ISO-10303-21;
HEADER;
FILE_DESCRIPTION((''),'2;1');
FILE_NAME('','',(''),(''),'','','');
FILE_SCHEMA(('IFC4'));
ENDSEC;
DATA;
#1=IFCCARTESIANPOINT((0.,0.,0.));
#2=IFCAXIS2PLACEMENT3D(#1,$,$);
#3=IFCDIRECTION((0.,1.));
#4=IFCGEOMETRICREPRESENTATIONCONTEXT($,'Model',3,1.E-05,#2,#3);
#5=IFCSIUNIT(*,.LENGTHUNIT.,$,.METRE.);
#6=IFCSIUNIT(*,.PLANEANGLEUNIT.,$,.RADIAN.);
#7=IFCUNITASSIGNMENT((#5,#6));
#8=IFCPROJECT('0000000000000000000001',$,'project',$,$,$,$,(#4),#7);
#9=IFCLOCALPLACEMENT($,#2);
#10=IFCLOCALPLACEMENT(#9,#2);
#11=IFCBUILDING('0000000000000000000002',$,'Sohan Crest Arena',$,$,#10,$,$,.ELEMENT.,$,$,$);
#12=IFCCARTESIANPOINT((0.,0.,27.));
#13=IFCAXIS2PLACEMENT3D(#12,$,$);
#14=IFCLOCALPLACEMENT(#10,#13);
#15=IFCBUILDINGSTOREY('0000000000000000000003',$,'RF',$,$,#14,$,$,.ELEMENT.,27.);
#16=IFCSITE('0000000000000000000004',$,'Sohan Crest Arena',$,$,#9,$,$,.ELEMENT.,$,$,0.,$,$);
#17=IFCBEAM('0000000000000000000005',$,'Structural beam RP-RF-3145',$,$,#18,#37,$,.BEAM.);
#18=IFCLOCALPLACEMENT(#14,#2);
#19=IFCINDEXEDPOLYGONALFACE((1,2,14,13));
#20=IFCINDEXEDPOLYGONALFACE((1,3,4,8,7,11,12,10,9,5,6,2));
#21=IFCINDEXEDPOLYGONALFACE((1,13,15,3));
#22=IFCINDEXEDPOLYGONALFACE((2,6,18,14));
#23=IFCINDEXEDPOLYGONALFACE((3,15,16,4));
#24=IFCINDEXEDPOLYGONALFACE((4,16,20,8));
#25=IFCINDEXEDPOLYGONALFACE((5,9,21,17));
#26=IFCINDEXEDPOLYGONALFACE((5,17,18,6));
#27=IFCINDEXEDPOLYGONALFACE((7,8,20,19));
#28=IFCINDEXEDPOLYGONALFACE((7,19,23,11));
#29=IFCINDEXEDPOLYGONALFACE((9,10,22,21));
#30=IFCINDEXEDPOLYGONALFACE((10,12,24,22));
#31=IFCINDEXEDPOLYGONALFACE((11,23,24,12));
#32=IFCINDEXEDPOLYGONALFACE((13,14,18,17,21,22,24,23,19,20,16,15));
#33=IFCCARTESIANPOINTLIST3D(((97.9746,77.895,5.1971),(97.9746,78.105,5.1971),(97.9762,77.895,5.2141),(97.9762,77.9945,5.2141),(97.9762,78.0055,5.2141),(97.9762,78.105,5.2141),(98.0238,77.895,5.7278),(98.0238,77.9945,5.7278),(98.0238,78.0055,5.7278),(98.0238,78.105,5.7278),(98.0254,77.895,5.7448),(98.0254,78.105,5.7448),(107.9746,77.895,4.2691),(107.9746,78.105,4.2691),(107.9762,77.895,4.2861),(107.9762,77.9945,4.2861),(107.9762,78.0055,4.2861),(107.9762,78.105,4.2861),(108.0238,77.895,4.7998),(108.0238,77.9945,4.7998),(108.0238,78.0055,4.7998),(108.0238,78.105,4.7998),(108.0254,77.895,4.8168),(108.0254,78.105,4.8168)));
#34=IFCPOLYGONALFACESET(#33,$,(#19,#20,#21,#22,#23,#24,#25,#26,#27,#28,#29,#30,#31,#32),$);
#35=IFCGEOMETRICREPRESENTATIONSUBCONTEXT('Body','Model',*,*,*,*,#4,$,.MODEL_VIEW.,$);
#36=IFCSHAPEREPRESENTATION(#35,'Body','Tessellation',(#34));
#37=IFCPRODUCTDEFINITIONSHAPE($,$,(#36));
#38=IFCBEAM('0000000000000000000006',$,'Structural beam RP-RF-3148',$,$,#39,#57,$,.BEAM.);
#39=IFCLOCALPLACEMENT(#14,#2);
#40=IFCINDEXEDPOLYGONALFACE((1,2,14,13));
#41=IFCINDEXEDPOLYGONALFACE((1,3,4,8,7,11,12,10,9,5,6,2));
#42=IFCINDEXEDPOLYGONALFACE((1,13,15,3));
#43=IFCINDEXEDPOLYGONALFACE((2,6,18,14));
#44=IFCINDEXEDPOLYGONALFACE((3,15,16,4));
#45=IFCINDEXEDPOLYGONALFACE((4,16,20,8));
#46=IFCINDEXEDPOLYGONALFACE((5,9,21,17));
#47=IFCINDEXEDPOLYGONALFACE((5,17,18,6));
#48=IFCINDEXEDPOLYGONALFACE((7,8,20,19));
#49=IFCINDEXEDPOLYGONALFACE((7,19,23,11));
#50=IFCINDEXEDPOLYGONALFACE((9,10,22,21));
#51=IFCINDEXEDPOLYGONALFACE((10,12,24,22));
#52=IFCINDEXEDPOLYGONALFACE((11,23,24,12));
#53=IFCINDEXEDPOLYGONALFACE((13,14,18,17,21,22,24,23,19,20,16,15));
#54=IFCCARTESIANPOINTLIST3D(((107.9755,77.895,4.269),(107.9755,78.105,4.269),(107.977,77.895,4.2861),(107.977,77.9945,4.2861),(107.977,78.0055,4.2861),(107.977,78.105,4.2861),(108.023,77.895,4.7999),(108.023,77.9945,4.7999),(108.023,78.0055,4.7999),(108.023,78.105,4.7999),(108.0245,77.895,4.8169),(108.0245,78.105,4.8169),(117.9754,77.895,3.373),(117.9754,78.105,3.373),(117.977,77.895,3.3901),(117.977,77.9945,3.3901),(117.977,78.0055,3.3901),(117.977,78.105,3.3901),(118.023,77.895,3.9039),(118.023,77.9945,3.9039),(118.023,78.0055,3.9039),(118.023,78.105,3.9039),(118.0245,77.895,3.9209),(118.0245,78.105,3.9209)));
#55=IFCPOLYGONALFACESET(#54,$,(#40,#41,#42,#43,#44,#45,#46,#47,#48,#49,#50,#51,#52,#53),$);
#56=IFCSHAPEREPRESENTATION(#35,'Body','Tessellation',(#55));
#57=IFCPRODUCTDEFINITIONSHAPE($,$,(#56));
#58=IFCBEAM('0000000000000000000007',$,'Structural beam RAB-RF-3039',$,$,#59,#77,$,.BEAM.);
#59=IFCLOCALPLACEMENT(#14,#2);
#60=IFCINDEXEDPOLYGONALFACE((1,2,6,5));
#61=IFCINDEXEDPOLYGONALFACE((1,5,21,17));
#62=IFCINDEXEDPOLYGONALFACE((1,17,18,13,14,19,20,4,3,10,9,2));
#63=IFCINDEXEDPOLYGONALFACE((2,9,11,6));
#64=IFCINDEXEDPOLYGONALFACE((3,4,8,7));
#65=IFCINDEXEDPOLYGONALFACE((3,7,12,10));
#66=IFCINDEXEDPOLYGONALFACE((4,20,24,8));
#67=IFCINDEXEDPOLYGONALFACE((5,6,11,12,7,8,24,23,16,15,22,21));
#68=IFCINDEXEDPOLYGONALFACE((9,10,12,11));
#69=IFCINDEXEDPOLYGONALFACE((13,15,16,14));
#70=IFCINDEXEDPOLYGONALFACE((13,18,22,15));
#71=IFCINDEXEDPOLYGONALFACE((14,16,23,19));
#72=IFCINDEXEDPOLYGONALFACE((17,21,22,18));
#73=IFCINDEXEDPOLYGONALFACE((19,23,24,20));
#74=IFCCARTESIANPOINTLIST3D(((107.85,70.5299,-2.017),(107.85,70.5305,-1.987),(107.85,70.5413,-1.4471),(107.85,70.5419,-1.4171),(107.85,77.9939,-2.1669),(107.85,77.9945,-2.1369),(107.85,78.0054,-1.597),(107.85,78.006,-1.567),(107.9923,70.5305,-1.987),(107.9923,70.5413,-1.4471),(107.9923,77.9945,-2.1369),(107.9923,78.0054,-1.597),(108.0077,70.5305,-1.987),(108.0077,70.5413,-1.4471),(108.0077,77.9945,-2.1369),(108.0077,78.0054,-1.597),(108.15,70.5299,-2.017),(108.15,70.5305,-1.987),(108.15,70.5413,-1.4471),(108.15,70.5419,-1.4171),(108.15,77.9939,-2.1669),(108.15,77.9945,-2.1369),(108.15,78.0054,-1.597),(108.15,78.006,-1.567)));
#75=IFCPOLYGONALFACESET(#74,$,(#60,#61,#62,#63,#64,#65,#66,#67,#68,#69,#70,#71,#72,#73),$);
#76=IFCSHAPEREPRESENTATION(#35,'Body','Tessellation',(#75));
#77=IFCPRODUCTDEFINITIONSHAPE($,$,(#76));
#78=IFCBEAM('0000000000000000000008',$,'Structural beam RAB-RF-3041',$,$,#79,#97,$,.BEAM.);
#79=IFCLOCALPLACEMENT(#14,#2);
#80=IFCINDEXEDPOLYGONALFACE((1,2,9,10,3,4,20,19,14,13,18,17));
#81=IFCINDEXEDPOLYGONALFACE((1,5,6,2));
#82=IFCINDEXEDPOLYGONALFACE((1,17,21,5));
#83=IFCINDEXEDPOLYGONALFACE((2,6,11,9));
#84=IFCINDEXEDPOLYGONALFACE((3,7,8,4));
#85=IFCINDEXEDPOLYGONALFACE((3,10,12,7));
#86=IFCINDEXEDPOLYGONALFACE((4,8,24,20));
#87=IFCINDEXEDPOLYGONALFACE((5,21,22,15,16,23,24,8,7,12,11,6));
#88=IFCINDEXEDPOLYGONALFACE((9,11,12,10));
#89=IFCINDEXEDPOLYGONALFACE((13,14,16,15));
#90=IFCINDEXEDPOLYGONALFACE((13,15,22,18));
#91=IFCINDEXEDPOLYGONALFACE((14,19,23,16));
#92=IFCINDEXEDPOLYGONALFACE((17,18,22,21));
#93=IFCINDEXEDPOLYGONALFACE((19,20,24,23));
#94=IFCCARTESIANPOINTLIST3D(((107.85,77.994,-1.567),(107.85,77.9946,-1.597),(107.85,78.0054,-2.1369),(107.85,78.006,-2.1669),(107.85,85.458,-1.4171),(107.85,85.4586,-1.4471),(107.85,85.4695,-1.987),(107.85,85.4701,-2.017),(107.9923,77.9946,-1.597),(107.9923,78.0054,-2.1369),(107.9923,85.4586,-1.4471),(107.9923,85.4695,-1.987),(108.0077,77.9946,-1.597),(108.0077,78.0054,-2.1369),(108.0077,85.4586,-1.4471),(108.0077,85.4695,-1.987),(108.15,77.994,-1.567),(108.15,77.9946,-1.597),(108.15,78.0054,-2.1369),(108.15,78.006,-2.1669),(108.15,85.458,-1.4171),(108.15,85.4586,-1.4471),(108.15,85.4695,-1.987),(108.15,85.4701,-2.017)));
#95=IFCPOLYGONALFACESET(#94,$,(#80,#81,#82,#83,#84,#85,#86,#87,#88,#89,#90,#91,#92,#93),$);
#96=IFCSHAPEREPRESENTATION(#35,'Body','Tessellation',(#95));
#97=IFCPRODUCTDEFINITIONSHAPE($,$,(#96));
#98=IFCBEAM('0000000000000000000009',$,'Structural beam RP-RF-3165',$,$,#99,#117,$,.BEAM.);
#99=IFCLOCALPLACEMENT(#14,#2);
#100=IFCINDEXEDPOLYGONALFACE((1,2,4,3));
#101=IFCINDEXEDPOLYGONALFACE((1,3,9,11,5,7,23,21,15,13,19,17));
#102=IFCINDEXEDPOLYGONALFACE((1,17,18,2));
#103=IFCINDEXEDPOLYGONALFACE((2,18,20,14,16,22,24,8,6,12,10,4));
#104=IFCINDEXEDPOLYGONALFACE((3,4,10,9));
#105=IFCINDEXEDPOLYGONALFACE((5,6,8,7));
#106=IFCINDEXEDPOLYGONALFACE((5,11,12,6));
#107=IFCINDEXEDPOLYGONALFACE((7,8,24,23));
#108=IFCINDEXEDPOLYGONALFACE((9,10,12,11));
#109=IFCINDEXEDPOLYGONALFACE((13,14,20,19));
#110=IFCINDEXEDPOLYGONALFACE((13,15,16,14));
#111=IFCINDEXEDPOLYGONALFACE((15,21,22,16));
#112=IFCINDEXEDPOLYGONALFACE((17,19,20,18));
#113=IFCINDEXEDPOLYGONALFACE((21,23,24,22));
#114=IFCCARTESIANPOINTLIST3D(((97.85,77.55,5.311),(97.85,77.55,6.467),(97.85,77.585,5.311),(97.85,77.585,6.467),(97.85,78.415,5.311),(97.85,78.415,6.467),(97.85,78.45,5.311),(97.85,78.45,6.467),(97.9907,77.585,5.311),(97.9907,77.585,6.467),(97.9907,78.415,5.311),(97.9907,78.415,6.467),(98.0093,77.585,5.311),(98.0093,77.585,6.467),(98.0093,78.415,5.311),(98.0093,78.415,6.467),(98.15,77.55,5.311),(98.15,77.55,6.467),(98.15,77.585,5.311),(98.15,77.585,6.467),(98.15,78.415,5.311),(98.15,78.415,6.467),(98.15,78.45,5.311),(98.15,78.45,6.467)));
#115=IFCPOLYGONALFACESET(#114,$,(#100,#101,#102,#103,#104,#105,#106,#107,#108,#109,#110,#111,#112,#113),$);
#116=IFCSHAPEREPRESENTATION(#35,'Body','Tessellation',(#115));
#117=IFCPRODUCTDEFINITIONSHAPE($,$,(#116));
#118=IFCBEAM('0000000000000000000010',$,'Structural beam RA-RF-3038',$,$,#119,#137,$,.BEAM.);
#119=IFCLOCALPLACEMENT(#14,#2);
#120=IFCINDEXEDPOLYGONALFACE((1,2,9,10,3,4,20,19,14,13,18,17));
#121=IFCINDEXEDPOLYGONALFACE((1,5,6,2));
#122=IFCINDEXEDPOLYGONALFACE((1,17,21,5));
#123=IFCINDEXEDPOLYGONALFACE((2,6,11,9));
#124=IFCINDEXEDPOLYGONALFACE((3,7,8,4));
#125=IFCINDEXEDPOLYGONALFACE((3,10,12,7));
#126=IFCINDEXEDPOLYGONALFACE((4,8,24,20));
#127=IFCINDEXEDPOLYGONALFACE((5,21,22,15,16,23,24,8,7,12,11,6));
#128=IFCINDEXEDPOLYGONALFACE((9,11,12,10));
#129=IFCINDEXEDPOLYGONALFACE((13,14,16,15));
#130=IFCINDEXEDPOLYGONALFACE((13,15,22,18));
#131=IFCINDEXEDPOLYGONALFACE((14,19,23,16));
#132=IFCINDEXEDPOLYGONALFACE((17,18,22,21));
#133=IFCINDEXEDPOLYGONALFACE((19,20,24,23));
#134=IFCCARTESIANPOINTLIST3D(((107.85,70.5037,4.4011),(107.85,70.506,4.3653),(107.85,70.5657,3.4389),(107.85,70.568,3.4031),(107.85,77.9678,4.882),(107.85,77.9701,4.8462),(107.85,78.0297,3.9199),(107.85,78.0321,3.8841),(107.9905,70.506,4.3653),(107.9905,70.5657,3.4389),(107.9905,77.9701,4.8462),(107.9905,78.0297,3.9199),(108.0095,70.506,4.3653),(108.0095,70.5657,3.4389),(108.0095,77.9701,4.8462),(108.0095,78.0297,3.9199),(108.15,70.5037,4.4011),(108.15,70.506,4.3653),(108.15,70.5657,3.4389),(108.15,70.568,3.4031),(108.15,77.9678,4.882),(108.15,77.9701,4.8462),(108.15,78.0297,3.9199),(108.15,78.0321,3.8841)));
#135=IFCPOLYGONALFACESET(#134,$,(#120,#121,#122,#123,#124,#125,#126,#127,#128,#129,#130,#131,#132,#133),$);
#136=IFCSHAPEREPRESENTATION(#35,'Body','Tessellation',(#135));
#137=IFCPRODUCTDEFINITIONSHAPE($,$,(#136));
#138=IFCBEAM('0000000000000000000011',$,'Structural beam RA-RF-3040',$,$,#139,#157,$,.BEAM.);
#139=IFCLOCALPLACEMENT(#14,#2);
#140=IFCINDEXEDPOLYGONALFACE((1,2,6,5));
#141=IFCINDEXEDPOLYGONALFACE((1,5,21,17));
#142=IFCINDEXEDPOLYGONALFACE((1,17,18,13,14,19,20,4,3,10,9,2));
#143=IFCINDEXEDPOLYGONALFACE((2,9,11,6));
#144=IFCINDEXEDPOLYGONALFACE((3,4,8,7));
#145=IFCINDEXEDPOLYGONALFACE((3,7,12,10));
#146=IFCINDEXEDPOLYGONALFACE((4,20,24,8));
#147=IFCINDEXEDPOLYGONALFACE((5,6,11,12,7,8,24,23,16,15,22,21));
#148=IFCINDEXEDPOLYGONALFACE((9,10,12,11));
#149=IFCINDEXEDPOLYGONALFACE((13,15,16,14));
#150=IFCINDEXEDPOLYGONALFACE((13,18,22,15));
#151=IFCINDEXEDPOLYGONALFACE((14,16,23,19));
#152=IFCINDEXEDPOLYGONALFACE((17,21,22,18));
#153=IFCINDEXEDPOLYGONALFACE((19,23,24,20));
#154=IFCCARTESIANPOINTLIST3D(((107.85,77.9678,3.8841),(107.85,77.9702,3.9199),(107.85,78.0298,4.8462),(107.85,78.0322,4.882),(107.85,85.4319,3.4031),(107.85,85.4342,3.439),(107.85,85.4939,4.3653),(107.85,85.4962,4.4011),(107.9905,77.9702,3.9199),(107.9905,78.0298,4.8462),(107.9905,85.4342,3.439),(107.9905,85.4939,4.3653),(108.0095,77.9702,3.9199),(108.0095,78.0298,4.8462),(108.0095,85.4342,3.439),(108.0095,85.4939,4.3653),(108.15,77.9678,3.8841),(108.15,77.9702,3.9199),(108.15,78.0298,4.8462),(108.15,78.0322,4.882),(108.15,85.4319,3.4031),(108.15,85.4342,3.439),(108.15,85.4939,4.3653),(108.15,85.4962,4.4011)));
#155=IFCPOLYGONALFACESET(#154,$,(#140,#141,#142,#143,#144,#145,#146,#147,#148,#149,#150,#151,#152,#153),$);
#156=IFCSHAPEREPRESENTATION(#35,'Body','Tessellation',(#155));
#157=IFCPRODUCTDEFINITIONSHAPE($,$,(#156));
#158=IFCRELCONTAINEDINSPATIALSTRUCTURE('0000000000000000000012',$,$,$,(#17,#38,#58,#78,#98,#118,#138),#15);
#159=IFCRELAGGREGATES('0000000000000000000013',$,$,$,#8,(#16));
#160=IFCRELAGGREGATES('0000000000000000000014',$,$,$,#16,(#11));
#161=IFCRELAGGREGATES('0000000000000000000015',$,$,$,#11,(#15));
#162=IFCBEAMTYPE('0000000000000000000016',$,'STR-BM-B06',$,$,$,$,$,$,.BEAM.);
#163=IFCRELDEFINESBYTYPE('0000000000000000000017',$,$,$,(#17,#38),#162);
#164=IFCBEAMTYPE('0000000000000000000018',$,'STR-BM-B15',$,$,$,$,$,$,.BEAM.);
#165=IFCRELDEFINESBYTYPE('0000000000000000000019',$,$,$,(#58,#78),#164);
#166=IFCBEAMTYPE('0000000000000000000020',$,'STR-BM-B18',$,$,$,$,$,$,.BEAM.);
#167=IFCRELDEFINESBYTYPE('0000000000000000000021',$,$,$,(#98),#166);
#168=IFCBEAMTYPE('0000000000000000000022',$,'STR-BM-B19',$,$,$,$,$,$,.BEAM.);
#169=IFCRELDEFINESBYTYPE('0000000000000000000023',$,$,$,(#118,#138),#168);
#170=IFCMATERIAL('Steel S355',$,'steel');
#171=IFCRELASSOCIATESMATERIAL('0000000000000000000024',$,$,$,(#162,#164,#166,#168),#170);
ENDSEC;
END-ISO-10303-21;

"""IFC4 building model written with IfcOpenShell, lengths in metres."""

from ifc_helpers import new_model, si_unit, direction, frame, origin, origin_2d, place, context, subcontext, project, spatial, i_section, extrude, material, material_profile, profile_set, type_object, element, save


model = new_model("IFC4")

# Units and contexts
model_context = context("Model", 3, precision=1e-05, world=origin(), true_north=direction((0.0, 1.0)))
body_context = subcontext(model_context, "Body", "Model", "MODEL_VIEW")
ifc_project = project(units=[si_unit("LENGTHUNIT", "METRE"), si_unit("PLANEANGLEUNIT", "RADIAN")], contexts=[model_context])

# Site, building, storey
site_placement = place(None, origin())
site = spatial("IfcSite", under=ifc_project, at=site_placement, Name="Sohan Crest Arena", CompositionType="ELEMENT", RefElevation=0.0)
building_placement = place(site_placement, origin())
building = spatial("IfcBuilding", under=site, at=building_placement, Name="Sohan Crest Arena", CompositionType="ELEMENT")
storey_placement = place(building_placement, frame((0.0, 0.0, 27.0)))
storey = spatial("IfcBuildingStorey", under=building, at=storey_placement, Name="RF", CompositionType="ELEMENT", Elevation=27.0)

# Beams
ifc_material_1 = material(Name="Steel S355", Category="steel")
ifc_material_profile_1 = material_profile(ifc_material_1, i_section(OverallWidth=0.21, OverallDepth=0.55, WebThickness=0.011, FlangeThickness=0.0171, at=origin_2d()), Name="IPE 550")
ifc_profile_set_1 = profile_set([ifc_material_profile_1], Name="Steel S355")
beam_type_1 = type_object("IfcBeamType", Name="STR-BM-B06", PredefinedType="BEAM", material=ifc_profile_set_1)
beam_1_placement = place(storey_placement, frame((98.0, 78.0, 5.4709), z_axis=(0.995722, 0.0, -0.092401), x_axis=(0.0, 1.0, 0.0)))
element("IfcBeam", 1, at=beam_1_placement, inside=storey, type_object=beam_type_1, Name="Structural beam RP-RF-3145", PredefinedType="BEAM", context=body_context, shape_type="SweptSolid", body=[
    extrude(i_section(OverallWidth=0.21, OverallDepth=0.55, WebThickness=0.011, FlangeThickness=0.0171, at=origin_2d()), origin(), (0.0, 0.0, 1.0), 10.043),
])
beam_2_placement = place(storey_placement, frame((108.0, 78.0, 4.543), z_axis=(0.99601, 0.0, -0.089242), x_axis=(0.0, 1.0, 0.0)))
element("IfcBeam", 2, at=beam_2_placement, inside=storey, type_object=beam_type_1, Name="Structural beam RP-RF-3148", PredefinedType="BEAM", context=body_context, shape_type="SweptSolid", body=[
    extrude(i_section(OverallWidth=0.21, OverallDepth=0.55, WebThickness=0.011, FlangeThickness=0.0171, at=origin_2d()), origin(), (0.0, 0.0, 1.0), 10.04),
])
ifc_material_profile_2 = material_profile(ifc_material_1, i_section(OverallWidth=0.3, OverallDepth=0.6001, WebThickness=0.0154, FlangeThickness=0.03, at=origin_2d()), Name="HEB 600")
ifc_profile_set_2 = profile_set([ifc_material_profile_2], Name="Steel S355")
beam_type_2 = type_object("IfcBeamType", Name="STR-BM-B15", PredefinedType="BEAM", material=ifc_profile_set_2)
for number, where, z_axis, x_axis, name in (
    (3, (108.0, 70.5359, -1.717), (0.0, 0.999798, -0.020079), (-1.0, 0.0, 0.0), "Structural beam RAB-RF-3039"),
    (4, (108.0, 78.0, -1.8669), (0.0, 0.999798, 0.020079), (-1.0, 0.0, 0.0), "Structural beam RAB-RF-3041"),
):
    element("IfcBeam", number, at=place(storey_placement, frame(where, z_axis=z_axis, x_axis=x_axis)), inside=storey, type_object=beam_type_2, Name=name, PredefinedType="BEAM", context=body_context, shape_type="SweptSolid", body=[
        extrude(i_section(OverallWidth=0.3, OverallDepth=0.6001, WebThickness=0.0154, FlangeThickness=0.03, at=origin_2d()), origin(), (0.0, 0.0, 1.0), 7.4656),
    ])
ifc_material_profile_3 = material_profile(ifc_material_1, i_section(OverallWidth=0.3, OverallDepth=0.8999, WebThickness=0.0186, FlangeThickness=0.0349, at=origin_2d()), Name="HEB 900")
ifc_profile_set_3 = profile_set([ifc_material_profile_3], Name="Steel S355")
beam_type_3 = type_object("IfcBeamType", Name="STR-BM-B18", PredefinedType="BEAM", material=ifc_profile_set_3)
beam_3_placement = place(storey_placement, frame((98.0, 78.0, 5.311), z_axis=(0.0, 0.0, 1.0), x_axis=(1.0, 0.0, 0.0)))
element("IfcBeam", 5, at=beam_3_placement, inside=storey, type_object=beam_type_3, Name="Structural beam RP-RF-3165", PredefinedType="BEAM", context=body_context, shape_type="SweptSolid", body=[
    extrude(i_section(OverallWidth=0.3, OverallDepth=0.8999, WebThickness=0.0186, FlangeThickness=0.0349, at=origin_2d()), origin(), (0.0, 0.0, 1.0), 1.156),
])
ifc_material_profile_4 = material_profile(ifc_material_1, i_section(OverallWidth=0.3, OverallDepth=1.0, WebThickness=0.019, FlangeThickness=0.0359, at=origin_2d()), Name="HEB 1000")
ifc_profile_set_4 = profile_set([ifc_material_profile_4], Name="Steel S355")
beam_type_4 = type_object("IfcBeamType", Name="STR-BM-B19", PredefinedType="BEAM", material=ifc_profile_set_4)
for number, where, z_axis, x_axis, name in (
    (6, (108.0, 70.5359, 3.9021), (0.0, 0.99793, 0.064303), (-1.0, 0.0, 0.0), "Structural beam RA-RF-3038"),
    (7, (108.0, 78.0, 4.3831), (0.0, 0.99793, -0.064303), (-1.0, 0.0, 0.0), "Structural beam RA-RF-3040"),
):
    element("IfcBeam", number, at=place(storey_placement, frame(where, z_axis=z_axis, x_axis=x_axis)), inside=storey, type_object=beam_type_4, Name=name, PredefinedType="BEAM", context=body_context, shape_type="SweptSolid", body=[
        extrude(i_section(OverallWidth=0.3, OverallDepth=1.0, WebThickness=0.019, FlangeThickness=0.0359, at=origin_2d()), origin(), (0.0, 0.0, 1.0), 7.4795),
    ])

save(model, "model.ifc")
